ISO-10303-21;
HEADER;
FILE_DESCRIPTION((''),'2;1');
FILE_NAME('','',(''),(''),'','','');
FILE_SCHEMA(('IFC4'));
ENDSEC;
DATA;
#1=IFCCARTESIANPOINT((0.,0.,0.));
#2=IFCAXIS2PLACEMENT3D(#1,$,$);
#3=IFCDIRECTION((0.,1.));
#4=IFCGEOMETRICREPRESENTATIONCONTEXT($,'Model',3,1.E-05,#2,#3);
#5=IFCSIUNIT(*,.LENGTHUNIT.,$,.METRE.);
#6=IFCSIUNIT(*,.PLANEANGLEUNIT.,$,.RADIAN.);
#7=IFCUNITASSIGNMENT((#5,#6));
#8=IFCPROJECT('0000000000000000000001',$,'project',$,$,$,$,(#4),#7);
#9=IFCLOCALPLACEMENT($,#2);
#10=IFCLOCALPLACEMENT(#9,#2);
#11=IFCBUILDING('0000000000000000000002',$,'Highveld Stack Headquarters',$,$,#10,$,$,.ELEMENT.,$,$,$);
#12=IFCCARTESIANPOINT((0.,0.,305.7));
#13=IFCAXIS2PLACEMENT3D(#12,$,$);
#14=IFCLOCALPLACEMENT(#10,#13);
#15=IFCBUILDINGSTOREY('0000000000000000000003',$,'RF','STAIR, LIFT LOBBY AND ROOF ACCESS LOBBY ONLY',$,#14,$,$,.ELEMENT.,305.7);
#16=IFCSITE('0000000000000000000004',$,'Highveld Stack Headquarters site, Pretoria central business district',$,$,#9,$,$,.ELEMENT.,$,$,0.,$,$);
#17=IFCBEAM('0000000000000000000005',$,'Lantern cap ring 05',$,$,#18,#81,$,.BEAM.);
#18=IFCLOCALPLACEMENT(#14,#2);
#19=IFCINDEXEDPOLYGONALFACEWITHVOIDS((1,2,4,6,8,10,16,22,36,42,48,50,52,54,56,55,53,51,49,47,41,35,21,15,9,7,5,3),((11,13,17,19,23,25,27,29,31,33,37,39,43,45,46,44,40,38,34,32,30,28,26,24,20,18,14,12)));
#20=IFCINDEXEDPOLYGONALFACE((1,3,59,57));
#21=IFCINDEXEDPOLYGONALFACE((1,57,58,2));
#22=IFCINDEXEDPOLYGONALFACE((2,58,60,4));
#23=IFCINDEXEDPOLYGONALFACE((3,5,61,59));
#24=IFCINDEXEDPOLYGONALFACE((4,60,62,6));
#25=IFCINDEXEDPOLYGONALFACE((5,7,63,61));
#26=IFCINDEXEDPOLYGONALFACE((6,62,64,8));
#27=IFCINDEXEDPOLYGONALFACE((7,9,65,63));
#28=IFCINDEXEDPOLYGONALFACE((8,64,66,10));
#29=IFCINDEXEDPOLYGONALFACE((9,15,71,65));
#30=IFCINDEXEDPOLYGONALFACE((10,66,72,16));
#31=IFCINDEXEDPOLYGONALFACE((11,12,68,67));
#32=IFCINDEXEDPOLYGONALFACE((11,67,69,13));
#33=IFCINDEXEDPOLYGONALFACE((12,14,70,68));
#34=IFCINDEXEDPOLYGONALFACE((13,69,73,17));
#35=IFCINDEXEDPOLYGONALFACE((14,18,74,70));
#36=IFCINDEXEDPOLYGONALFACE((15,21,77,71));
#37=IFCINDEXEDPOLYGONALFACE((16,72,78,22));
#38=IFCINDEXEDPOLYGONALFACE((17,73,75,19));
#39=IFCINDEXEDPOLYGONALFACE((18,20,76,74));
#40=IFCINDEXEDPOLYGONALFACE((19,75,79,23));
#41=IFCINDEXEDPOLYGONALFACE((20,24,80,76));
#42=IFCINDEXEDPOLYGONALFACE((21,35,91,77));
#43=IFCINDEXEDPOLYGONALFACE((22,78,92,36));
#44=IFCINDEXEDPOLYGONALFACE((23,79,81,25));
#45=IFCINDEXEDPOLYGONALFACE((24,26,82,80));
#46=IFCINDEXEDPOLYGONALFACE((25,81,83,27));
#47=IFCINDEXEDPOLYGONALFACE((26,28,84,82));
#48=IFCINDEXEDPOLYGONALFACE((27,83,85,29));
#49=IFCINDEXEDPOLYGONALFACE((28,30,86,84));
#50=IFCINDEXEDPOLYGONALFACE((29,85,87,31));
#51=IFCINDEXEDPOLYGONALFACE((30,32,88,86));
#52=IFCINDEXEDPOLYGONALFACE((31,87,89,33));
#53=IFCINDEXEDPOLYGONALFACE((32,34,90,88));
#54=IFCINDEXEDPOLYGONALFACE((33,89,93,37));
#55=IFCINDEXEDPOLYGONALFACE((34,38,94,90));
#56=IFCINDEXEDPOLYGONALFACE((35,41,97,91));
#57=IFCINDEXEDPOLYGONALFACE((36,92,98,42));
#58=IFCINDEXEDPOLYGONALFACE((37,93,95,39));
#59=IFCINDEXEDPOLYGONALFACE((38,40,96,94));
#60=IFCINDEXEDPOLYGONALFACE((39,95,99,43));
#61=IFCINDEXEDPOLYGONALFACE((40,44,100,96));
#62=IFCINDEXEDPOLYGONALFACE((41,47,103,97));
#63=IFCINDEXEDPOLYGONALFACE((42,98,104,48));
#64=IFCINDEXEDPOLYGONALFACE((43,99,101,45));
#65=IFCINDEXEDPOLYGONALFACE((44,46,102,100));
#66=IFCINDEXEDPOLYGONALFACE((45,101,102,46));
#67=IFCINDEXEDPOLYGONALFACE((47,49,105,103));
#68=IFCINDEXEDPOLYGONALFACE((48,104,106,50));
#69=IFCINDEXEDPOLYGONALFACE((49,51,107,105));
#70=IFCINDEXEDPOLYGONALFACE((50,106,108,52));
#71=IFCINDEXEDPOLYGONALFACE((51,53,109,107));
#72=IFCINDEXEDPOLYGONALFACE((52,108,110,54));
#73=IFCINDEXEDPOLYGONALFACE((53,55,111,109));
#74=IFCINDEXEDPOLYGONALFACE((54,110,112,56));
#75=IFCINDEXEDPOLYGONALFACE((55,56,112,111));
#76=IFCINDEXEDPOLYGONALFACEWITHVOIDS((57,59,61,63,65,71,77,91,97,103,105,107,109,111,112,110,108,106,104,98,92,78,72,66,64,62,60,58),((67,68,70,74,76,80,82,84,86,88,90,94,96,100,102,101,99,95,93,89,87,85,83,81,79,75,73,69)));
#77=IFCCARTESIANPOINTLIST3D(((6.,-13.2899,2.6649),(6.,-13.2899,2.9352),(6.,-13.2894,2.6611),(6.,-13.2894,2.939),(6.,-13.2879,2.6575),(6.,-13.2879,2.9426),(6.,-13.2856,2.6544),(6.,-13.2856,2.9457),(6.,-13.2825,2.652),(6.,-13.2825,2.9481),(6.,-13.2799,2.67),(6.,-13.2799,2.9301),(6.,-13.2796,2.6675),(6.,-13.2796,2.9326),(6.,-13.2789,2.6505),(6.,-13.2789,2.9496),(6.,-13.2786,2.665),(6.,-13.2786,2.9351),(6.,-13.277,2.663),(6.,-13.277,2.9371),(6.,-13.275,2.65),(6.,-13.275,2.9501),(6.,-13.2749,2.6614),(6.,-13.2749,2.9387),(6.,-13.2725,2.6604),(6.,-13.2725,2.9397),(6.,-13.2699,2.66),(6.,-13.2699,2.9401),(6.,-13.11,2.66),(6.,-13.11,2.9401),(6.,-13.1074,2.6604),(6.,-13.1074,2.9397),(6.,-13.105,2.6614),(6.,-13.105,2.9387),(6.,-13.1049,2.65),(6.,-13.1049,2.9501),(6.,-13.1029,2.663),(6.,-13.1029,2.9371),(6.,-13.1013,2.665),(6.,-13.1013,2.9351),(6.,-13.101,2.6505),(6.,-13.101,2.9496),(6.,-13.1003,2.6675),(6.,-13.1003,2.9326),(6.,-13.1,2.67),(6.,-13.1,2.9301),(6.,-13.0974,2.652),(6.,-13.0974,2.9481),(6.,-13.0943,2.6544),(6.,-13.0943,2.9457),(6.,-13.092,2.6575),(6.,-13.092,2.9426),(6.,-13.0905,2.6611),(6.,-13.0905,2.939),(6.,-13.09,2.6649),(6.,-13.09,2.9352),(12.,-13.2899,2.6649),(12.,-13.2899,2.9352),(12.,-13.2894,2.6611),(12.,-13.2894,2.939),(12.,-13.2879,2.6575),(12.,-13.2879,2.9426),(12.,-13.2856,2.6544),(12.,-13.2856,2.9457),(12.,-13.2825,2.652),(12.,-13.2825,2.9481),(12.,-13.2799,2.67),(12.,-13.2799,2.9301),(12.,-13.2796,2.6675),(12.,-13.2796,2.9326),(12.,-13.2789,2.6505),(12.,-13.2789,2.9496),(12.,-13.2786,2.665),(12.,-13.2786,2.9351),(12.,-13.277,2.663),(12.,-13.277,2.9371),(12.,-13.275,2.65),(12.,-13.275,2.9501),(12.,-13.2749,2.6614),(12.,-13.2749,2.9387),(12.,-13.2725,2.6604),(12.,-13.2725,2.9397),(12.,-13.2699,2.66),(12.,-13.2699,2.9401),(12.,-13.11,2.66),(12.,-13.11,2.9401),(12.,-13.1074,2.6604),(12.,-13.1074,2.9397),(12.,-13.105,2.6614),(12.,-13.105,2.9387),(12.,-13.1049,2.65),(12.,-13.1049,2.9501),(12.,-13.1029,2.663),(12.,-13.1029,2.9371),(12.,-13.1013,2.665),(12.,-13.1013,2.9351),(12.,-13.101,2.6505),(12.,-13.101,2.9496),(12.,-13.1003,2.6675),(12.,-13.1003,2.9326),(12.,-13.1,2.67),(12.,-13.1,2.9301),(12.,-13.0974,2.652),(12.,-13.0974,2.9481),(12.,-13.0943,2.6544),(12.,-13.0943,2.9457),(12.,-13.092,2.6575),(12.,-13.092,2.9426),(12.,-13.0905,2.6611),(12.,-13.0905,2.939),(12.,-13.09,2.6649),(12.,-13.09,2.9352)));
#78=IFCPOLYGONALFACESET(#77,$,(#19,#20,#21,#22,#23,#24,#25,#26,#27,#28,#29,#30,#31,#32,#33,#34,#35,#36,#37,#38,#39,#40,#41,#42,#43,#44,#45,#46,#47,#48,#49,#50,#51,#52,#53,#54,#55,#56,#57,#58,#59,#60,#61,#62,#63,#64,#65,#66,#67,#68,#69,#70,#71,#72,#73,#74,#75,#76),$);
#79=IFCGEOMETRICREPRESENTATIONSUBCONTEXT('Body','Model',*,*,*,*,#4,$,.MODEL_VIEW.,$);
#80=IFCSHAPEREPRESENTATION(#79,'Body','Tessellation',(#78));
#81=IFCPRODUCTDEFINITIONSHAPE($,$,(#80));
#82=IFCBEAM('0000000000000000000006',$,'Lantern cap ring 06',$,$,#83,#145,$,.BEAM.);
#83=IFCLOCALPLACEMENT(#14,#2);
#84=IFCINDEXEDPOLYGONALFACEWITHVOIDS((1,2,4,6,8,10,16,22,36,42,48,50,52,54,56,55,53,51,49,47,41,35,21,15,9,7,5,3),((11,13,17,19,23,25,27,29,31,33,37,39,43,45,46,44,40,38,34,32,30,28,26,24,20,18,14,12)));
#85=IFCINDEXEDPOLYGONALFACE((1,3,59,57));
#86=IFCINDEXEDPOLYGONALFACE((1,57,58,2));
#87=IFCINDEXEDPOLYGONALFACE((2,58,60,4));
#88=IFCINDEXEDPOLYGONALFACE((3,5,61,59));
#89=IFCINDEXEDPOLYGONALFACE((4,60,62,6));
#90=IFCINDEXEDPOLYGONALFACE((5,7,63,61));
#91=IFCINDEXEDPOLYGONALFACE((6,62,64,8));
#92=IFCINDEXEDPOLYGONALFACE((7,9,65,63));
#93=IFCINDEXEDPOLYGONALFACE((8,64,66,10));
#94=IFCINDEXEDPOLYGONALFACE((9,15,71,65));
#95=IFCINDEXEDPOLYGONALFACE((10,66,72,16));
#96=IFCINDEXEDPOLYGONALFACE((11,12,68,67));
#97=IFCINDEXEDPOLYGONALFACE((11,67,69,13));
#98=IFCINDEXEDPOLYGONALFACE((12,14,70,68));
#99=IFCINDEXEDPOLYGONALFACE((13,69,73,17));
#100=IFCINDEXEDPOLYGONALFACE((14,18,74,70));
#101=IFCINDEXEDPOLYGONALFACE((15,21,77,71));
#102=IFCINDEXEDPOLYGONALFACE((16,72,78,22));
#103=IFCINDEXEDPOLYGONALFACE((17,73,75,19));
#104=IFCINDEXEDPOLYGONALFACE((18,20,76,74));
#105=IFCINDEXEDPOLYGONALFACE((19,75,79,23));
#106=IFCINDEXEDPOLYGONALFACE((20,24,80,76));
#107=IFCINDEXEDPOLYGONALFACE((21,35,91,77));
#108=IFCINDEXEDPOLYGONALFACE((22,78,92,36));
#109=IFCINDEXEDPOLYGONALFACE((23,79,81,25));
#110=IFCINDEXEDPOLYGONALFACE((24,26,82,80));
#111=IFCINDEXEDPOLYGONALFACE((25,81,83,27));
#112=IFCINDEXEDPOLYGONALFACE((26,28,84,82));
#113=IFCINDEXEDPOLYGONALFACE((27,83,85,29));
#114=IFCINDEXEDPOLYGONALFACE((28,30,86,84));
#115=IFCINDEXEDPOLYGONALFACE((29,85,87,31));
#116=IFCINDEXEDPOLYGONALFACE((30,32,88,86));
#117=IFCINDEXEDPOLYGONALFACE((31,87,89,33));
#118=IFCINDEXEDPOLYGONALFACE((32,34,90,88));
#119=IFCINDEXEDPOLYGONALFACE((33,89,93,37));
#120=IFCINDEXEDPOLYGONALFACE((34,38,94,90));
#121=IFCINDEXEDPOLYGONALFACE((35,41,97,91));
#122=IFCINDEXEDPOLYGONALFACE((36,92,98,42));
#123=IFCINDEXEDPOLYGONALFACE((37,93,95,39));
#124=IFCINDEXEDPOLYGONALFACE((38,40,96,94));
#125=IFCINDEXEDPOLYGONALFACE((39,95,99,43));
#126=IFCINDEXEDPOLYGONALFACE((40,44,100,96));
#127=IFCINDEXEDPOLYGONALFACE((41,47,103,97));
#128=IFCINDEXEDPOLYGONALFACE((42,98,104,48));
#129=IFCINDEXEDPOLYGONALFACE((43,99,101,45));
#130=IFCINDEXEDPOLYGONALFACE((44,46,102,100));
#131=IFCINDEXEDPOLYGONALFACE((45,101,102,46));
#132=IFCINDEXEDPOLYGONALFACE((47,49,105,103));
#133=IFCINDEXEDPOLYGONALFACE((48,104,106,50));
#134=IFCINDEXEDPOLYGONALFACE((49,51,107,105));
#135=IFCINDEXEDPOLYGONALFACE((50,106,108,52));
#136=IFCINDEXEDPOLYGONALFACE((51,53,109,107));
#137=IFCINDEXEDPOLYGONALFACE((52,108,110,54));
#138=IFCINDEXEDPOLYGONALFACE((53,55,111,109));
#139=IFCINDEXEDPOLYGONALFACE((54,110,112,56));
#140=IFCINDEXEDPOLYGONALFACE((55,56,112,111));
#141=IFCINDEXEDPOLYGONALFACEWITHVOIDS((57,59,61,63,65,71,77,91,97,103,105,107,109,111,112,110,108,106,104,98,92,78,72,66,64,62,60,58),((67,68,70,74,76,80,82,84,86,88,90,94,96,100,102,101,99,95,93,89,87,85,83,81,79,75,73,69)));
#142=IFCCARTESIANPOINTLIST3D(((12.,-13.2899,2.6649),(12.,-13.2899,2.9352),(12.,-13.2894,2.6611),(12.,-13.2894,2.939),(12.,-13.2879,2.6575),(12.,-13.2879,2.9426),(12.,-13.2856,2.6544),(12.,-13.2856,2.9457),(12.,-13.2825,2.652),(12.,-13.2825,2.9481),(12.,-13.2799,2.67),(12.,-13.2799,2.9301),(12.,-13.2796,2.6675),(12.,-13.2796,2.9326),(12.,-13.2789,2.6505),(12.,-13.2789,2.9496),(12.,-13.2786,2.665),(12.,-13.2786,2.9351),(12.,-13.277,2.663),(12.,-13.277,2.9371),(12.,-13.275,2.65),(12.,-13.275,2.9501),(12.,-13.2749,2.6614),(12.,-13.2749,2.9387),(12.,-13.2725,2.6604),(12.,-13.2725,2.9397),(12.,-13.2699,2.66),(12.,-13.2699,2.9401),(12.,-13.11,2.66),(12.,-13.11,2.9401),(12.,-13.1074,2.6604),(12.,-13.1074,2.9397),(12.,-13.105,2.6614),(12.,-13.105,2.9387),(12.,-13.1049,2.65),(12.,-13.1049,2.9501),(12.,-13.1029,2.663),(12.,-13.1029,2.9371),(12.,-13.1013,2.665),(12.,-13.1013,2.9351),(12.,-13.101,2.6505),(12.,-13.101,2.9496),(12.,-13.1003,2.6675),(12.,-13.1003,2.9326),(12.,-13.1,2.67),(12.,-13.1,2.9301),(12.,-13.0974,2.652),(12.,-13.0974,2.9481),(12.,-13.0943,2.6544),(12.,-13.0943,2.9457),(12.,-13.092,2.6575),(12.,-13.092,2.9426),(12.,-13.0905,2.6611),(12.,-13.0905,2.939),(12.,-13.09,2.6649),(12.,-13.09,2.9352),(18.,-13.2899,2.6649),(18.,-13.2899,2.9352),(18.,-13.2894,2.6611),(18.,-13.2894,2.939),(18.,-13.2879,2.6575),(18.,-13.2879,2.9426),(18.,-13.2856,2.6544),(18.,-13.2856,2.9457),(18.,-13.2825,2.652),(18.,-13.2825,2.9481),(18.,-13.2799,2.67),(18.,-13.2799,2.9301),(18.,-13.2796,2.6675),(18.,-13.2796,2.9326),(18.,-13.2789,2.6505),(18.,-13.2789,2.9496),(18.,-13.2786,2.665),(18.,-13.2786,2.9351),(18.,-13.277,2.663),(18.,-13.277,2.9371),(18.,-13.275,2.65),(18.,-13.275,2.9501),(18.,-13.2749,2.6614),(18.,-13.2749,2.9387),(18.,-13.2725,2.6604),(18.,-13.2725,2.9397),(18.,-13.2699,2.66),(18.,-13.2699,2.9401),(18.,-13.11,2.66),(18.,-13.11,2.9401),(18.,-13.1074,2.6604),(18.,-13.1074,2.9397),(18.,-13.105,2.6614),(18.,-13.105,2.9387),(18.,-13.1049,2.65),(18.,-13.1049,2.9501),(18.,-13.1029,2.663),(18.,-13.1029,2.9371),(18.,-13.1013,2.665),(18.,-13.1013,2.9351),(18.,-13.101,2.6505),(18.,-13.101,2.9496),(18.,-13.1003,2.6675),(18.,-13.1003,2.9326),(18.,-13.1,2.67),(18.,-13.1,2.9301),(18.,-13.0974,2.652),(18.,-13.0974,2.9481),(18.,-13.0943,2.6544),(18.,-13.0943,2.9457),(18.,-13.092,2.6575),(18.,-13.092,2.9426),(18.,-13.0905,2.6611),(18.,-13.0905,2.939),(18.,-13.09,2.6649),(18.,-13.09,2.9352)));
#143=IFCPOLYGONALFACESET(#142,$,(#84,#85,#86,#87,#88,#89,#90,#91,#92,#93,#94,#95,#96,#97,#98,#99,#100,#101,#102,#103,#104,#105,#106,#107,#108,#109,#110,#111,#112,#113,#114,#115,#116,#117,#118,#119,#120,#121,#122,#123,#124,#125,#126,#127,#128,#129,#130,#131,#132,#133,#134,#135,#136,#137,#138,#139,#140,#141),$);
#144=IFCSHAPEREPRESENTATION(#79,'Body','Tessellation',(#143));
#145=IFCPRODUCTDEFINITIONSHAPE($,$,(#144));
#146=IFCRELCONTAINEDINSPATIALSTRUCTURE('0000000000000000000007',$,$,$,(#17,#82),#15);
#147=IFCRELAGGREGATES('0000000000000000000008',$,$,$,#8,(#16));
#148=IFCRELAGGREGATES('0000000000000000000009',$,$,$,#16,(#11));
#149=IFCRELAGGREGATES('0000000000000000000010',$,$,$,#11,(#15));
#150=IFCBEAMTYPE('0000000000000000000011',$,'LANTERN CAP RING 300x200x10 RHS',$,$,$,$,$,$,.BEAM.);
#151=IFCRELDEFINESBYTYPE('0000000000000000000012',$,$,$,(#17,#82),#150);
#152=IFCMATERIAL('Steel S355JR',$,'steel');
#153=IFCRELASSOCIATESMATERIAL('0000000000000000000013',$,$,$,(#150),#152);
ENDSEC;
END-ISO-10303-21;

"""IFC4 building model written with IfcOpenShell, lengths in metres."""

from ifc_helpers import new_model, si_unit, direction, frame, origin, origin_2d, place, context, subcontext, project, spatial, hollow_rectangle, extrude, material, material_profile, profile_set, type_object, element, save


model = new_model("IFC4")

# Units and contexts
model_context = context("Model", 3, precision=1e-05, world=origin(), true_north=direction((0.0, 1.0)))
body_context = subcontext(model_context, "Body", "Model", "MODEL_VIEW")
ifc_project = project(units=[si_unit("LENGTHUNIT", "METRE"), si_unit("PLANEANGLEUNIT", "RADIAN")], contexts=[model_context])

# Site, building, storey
site_placement = place(None, origin())
site = spatial("IfcSite", under=ifc_project, at=site_placement, Name="Highveld Stack Headquarters site, Pretoria central business district", CompositionType="ELEMENT", RefElevation=0.0)
building_placement = place(site_placement, origin())
building = spatial("IfcBuilding", under=site, at=building_placement, Name="Highveld Stack Headquarters", CompositionType="ELEMENT")
storey_placement = place(building_placement, frame((0.0, 0.0, 305.7)))
storey = spatial("IfcBuildingStorey", under=building, at=storey_placement, Name="RF", Description="STAIR, LIFT LOBBY AND ROOF ACCESS LOBBY ONLY", CompositionType="ELEMENT", Elevation=305.7)

# Beams
ifc_material_1 = material(Name="Steel S355JR", Category="steel")
ifc_material_profile_1 = material_profile(ifc_material_1, hollow_rectangle(XDim=0.2, YDim=0.3, WallThickness=0.01, InnerFilletRadius=0.01, OuterFilletRadius=0.0149, at=origin_2d()), Name="300x200x10 RHS")
ifc_profile_set_1 = profile_set([ifc_material_profile_1], Name="Steel S355JR")
beam_type_1 = type_object("IfcBeamType", Name="LANTERN CAP RING 300x200x10 RHS", PredefinedType="BEAM", material=ifc_profile_set_1)
for number, where, z_axis, x_axis, name in (
    (1, (6.0, -13.1899, 2.8), (1.0, 0.0, 0.0), (0.0, 1.0, 0.0), "Lantern cap ring 05"),
    (2, (12.0, -13.1899, 2.8), (1.0, 0.0, 0.0), (0.0, 1.0, 0.0), "Lantern cap ring 06"),
):
    element("IfcBeam", number, at=place(storey_placement, frame(where, z_axis=z_axis, x_axis=x_axis)), inside=storey, type_object=beam_type_1, Name=name, PredefinedType="BEAM", context=body_context, shape_type="SweptSolid", body=[
        extrude(hollow_rectangle(XDim=0.2, YDim=0.3, WallThickness=0.01, InnerFilletRadius=0.01, OuterFilletRadius=0.0149, at=origin_2d()), origin(), (0.0, 0.0, 1.0), 6.0),
    ])

save(model, "model.ifc")
